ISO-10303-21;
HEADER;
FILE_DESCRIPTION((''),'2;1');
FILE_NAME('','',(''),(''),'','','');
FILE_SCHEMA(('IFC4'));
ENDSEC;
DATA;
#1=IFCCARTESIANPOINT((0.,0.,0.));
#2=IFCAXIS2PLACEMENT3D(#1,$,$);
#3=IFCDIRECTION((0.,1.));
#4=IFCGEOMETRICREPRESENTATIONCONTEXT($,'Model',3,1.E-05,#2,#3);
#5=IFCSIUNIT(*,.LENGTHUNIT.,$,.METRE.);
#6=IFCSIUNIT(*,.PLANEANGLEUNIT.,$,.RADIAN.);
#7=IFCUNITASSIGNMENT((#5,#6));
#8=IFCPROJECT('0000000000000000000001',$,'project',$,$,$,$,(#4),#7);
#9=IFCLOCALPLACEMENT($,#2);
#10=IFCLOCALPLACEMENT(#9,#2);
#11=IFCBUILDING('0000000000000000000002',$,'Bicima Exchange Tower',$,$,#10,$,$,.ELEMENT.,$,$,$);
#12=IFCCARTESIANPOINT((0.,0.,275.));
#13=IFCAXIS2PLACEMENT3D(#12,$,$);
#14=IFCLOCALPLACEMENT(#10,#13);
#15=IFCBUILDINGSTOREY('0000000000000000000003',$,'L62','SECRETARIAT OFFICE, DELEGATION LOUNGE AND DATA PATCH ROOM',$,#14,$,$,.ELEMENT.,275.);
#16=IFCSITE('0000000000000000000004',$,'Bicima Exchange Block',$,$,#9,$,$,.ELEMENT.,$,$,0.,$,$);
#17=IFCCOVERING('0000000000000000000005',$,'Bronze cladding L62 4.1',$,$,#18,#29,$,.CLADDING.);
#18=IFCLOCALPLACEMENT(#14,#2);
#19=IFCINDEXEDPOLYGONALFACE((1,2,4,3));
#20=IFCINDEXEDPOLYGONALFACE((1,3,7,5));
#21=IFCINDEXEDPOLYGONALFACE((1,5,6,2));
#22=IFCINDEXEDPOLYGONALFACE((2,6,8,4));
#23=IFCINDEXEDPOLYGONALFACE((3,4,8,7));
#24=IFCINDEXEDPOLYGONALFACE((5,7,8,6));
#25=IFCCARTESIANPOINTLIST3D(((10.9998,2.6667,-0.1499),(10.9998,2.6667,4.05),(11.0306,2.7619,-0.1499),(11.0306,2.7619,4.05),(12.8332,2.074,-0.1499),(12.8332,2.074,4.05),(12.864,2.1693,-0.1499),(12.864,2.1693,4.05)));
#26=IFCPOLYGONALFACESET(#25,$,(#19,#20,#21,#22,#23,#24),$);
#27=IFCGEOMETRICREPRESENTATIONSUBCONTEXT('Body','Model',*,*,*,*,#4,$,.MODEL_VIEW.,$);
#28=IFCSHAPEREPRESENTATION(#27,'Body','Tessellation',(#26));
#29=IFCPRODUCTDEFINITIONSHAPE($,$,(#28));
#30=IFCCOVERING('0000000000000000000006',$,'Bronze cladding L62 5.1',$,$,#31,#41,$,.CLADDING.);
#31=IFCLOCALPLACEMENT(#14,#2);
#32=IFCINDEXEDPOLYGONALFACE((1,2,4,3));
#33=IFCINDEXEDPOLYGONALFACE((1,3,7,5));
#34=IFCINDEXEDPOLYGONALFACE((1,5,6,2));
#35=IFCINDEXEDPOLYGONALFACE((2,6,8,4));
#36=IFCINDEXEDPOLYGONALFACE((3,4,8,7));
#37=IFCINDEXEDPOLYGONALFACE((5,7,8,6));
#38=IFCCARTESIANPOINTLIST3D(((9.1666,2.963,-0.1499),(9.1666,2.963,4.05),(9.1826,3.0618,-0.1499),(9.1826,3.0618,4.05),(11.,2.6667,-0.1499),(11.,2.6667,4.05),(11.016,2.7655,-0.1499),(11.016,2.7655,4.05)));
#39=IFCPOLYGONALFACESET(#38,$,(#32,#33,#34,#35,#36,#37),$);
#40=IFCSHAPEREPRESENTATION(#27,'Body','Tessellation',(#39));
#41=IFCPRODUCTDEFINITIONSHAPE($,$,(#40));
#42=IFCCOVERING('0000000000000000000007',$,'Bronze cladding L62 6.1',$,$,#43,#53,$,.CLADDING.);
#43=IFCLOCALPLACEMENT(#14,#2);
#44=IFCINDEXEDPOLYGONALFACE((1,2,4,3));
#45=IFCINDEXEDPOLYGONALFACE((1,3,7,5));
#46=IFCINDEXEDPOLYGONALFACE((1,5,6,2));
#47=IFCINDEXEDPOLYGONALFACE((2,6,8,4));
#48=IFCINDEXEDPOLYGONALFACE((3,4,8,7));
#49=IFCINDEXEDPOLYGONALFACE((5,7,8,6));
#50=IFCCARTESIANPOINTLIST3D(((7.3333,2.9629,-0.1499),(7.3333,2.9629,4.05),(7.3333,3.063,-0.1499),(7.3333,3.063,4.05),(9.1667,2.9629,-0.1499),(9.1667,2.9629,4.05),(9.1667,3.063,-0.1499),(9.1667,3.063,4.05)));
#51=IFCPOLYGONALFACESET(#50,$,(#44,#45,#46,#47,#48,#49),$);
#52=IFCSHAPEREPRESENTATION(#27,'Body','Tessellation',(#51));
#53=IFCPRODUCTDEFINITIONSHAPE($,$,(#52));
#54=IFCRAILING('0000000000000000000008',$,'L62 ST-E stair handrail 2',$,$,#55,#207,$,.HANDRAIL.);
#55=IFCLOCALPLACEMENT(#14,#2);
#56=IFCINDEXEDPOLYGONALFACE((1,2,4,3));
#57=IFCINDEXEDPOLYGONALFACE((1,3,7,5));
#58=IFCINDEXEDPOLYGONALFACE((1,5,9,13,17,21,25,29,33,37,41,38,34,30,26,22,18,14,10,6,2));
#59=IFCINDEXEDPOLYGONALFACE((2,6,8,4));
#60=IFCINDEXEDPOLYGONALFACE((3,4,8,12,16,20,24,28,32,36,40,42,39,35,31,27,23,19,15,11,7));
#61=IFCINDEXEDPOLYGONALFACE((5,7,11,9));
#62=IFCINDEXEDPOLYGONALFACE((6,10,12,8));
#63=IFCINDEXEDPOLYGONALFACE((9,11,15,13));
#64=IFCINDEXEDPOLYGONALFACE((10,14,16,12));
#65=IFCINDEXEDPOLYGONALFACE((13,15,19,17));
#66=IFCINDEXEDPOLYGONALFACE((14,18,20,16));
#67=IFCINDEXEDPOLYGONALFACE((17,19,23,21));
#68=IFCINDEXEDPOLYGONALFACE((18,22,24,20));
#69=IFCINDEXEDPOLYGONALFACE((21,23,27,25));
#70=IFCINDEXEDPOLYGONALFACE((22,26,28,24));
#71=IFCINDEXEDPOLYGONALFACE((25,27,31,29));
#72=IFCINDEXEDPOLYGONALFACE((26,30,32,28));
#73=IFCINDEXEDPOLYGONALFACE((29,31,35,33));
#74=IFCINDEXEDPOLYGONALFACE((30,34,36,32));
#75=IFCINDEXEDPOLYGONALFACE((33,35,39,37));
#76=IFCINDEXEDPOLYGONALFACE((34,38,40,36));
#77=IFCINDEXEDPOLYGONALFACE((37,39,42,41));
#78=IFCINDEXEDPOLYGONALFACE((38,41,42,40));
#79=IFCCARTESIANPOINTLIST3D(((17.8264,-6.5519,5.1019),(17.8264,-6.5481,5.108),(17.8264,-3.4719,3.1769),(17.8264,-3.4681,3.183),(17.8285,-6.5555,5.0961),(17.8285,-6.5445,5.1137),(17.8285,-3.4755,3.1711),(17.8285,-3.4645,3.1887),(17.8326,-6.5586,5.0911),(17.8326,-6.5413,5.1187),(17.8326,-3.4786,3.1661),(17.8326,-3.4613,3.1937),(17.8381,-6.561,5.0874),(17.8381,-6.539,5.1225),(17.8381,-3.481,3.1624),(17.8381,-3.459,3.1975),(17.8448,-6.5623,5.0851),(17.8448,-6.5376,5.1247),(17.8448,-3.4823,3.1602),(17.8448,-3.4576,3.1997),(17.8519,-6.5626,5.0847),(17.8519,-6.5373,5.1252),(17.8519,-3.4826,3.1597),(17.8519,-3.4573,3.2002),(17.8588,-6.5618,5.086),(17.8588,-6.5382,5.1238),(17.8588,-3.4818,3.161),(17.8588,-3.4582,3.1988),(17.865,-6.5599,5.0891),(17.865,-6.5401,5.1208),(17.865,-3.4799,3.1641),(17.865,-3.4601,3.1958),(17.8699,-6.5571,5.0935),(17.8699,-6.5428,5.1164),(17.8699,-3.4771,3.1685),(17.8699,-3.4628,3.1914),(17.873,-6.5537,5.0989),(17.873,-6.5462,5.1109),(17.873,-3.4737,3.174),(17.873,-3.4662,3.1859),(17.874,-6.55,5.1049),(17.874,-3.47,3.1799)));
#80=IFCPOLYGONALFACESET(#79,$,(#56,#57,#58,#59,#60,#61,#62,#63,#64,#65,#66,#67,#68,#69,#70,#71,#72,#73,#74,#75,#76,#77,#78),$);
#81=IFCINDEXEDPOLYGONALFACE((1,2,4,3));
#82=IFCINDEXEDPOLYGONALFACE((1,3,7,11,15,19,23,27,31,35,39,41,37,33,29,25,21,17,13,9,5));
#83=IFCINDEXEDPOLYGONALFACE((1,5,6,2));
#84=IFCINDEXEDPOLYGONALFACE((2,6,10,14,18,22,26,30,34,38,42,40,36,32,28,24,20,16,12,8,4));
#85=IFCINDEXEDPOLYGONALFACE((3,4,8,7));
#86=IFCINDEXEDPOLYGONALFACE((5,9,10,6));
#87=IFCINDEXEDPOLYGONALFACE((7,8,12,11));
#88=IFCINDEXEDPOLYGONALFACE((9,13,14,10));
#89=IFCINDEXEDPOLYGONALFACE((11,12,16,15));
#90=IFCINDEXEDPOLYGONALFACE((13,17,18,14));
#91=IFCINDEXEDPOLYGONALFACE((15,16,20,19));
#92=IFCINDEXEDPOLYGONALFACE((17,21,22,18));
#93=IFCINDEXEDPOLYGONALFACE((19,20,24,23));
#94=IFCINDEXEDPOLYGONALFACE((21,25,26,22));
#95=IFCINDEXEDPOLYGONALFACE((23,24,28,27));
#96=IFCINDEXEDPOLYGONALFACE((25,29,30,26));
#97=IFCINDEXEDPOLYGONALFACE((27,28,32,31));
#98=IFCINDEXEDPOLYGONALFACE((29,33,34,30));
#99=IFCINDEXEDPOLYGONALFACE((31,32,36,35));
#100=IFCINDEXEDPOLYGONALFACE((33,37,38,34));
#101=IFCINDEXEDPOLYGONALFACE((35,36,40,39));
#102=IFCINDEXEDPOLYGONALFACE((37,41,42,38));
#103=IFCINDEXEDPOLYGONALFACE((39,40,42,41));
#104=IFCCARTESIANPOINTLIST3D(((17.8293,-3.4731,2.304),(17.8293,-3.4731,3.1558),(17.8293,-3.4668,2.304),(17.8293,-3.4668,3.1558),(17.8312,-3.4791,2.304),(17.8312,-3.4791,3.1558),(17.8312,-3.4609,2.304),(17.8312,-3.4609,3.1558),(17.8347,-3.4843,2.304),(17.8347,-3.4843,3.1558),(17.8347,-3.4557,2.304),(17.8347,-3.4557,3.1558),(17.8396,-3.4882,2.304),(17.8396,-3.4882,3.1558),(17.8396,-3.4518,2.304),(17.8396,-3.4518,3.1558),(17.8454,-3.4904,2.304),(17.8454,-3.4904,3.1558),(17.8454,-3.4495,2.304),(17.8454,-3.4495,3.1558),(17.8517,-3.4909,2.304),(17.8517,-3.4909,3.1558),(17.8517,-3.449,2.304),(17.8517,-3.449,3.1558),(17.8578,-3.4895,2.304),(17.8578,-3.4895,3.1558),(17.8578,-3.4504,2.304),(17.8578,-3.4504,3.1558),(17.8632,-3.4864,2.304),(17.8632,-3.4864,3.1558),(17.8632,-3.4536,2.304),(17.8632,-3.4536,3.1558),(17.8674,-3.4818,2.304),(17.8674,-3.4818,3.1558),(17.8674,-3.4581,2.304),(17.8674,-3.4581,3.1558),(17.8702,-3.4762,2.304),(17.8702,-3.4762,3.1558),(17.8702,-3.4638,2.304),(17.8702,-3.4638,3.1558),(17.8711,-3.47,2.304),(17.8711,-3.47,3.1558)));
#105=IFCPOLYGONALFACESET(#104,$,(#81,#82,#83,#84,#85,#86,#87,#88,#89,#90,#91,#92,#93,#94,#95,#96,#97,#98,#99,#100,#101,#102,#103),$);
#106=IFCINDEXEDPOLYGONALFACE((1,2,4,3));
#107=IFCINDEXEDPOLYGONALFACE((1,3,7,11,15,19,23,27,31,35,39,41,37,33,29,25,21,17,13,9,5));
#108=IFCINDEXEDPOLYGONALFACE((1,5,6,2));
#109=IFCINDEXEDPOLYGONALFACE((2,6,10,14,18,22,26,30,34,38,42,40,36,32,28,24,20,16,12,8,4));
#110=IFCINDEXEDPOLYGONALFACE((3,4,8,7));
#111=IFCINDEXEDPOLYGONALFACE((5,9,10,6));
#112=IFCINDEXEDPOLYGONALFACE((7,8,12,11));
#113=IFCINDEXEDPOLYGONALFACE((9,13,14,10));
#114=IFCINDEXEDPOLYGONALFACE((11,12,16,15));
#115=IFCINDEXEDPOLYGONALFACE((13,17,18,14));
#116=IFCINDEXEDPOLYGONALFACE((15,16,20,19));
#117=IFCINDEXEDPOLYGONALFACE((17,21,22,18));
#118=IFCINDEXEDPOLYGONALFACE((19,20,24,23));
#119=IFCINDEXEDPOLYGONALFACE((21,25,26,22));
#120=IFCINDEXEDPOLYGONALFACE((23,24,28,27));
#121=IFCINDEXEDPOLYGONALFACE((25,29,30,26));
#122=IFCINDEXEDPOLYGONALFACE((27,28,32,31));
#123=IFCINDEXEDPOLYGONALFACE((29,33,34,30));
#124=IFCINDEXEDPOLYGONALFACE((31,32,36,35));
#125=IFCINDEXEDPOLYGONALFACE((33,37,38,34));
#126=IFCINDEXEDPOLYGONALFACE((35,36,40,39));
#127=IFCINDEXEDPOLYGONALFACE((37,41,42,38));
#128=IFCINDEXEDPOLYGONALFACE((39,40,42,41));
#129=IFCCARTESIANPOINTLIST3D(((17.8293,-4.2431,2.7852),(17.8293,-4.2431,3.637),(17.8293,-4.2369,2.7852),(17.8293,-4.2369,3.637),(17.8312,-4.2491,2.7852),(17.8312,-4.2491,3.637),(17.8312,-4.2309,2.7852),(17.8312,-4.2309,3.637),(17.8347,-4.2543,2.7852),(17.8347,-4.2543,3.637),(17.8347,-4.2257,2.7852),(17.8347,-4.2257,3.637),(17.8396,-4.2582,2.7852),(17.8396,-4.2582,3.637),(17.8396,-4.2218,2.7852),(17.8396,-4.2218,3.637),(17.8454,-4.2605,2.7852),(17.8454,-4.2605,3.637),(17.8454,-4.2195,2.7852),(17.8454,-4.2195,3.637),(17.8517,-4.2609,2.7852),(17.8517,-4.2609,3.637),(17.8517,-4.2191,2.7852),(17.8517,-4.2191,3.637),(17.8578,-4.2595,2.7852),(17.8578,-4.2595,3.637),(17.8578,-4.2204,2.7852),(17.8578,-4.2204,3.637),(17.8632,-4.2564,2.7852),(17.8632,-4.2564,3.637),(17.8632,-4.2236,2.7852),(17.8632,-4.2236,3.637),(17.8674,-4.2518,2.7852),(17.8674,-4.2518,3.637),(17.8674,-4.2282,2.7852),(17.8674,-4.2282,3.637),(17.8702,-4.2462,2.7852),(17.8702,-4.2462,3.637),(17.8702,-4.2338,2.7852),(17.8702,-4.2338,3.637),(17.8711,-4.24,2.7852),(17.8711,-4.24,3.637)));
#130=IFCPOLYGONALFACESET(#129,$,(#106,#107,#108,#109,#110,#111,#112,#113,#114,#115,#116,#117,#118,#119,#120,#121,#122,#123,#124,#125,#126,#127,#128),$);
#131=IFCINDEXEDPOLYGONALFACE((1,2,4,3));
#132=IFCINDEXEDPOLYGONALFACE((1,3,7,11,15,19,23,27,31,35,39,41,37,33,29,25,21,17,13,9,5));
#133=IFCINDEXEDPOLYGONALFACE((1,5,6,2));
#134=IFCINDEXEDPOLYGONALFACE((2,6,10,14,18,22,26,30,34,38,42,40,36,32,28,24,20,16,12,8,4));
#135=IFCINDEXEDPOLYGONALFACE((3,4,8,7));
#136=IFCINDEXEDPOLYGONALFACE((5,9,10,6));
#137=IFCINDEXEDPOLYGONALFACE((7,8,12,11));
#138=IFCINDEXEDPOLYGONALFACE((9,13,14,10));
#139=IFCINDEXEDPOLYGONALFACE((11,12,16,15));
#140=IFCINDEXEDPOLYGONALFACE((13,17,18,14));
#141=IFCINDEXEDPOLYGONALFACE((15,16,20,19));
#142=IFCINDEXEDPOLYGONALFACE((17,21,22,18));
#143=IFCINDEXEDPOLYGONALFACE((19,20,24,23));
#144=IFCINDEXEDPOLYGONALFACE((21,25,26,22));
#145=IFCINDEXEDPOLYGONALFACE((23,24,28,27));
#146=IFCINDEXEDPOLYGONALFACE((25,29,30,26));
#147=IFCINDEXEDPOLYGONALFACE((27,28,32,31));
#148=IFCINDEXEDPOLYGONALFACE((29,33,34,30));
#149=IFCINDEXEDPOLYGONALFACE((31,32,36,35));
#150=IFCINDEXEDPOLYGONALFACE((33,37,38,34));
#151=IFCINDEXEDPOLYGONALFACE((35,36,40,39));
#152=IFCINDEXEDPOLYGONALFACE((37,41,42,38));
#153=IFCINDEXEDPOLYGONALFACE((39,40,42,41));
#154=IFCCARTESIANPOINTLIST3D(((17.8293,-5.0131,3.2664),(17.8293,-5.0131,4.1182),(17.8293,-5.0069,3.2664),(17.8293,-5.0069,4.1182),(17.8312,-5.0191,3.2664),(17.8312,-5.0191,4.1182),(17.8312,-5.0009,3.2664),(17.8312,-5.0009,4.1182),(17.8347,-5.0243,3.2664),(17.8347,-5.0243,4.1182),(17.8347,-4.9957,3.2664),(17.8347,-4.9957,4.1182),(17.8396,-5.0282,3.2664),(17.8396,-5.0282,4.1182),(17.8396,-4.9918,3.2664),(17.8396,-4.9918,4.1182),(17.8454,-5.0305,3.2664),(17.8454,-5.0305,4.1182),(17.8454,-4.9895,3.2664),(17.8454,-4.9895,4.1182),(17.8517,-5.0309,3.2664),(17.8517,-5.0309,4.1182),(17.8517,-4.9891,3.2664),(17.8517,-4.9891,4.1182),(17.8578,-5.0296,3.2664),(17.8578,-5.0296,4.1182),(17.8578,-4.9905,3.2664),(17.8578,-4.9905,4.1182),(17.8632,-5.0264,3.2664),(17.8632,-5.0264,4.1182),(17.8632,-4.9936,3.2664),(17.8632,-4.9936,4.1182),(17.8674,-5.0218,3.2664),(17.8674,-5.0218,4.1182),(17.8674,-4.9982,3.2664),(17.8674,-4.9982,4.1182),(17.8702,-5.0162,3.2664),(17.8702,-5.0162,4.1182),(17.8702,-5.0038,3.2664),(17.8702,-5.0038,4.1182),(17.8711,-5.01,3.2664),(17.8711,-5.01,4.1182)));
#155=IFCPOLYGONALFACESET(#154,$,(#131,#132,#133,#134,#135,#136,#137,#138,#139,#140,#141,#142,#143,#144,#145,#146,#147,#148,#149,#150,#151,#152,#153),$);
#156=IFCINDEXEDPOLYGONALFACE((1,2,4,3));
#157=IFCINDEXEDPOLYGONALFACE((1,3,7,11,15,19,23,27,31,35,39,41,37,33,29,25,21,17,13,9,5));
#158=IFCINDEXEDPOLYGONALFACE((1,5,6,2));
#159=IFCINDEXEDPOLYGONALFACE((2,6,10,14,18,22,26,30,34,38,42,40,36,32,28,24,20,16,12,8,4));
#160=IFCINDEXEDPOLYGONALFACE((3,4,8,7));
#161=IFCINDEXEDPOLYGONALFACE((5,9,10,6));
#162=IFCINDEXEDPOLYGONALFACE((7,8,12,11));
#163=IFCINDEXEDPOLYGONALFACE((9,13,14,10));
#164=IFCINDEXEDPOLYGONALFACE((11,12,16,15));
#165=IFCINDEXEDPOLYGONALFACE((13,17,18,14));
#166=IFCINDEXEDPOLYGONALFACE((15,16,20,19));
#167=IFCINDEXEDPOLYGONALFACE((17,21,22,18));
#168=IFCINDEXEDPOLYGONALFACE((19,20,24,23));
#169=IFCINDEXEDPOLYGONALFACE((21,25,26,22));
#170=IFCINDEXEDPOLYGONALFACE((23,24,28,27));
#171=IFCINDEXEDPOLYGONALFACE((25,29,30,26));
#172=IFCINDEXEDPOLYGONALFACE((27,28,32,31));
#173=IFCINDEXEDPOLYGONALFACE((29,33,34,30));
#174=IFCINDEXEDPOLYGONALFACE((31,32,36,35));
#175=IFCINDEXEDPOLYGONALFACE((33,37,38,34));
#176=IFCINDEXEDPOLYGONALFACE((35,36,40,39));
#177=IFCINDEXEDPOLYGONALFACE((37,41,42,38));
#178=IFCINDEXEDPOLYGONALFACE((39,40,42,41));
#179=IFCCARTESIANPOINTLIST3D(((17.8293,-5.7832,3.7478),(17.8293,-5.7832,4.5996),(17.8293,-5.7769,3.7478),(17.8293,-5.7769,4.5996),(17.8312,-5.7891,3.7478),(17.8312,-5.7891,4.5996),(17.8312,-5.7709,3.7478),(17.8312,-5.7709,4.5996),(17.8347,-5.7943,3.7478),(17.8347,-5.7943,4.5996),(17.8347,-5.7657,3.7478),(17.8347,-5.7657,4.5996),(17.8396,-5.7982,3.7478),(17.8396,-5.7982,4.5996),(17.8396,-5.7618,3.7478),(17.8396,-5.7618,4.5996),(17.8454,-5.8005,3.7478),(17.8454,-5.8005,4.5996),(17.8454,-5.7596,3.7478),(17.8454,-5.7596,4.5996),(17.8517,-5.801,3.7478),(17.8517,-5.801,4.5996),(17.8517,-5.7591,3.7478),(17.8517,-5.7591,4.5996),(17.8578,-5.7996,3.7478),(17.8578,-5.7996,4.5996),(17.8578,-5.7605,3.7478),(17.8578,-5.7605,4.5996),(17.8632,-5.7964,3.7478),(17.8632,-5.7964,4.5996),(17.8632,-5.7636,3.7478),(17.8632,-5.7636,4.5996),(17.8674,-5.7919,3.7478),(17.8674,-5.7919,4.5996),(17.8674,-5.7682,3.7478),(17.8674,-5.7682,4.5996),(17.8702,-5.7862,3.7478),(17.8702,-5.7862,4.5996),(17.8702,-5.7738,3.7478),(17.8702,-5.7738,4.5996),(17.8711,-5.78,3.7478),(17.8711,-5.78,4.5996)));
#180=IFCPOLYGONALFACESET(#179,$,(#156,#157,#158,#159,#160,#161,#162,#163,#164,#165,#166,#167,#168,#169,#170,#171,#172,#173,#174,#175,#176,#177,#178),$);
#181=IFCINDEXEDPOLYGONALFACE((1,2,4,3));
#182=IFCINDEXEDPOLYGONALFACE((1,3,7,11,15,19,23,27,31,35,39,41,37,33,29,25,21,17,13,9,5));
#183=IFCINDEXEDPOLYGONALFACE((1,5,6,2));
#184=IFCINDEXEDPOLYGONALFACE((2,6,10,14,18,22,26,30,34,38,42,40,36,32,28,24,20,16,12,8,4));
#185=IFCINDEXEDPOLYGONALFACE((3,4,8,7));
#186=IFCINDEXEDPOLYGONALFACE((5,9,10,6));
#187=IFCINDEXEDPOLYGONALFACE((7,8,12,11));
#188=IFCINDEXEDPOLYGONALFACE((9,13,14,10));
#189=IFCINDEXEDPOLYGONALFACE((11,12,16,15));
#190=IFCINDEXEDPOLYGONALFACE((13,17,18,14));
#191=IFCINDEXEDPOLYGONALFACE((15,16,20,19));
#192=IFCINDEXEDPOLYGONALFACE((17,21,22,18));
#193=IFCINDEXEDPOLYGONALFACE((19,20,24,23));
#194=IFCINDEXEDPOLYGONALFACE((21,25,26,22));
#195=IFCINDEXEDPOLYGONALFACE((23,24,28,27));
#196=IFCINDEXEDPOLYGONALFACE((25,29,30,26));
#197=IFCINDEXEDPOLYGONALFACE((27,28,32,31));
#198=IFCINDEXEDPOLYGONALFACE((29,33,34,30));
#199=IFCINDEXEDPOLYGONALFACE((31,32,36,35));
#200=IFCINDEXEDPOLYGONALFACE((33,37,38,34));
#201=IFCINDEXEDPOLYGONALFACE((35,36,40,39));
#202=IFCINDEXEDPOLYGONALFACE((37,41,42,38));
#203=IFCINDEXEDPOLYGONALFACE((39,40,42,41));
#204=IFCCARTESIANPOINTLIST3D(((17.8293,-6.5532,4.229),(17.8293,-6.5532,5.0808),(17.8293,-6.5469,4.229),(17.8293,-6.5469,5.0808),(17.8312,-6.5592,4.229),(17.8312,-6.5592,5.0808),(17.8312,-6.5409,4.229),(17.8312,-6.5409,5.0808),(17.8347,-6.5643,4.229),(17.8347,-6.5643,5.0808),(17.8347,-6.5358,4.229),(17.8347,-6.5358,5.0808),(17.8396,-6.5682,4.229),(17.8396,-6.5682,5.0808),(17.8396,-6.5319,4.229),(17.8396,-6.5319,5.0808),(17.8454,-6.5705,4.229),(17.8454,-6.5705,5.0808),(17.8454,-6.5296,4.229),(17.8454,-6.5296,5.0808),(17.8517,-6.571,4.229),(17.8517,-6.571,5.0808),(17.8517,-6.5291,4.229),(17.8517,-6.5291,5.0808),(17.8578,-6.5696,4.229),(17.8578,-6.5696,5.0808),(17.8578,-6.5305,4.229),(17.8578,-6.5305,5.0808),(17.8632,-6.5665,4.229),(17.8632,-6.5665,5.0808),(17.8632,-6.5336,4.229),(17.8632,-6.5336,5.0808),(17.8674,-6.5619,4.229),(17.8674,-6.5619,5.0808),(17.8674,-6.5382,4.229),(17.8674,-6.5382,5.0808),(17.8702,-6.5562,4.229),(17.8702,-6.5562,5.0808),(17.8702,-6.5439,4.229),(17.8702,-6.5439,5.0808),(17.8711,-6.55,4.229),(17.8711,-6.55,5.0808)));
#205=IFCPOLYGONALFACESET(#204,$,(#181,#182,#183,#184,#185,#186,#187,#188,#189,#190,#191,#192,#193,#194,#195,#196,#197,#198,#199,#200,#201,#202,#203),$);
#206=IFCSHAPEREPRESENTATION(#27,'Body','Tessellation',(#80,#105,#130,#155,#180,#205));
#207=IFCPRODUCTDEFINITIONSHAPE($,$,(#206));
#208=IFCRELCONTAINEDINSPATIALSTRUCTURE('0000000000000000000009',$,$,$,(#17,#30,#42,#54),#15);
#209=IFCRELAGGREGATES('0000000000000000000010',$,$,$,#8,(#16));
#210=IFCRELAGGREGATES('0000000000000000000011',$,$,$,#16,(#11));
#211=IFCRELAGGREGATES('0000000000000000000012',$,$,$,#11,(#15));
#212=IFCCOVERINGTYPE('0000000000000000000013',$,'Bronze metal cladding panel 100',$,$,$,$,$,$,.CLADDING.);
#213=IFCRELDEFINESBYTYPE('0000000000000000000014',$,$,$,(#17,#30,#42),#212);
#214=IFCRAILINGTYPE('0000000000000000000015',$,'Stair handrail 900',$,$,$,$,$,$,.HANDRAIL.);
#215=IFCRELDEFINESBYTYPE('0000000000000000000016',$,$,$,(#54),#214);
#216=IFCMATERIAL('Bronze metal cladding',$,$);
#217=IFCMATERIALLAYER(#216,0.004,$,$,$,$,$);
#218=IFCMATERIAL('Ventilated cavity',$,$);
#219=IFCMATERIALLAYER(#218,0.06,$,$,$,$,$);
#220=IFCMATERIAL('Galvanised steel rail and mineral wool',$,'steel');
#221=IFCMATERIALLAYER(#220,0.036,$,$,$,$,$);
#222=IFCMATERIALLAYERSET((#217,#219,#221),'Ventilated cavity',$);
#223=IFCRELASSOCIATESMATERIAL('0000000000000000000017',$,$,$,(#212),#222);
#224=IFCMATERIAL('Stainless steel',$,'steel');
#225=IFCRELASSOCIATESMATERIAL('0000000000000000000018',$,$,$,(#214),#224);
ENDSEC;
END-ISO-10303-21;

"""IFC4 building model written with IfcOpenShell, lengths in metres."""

from ifc_helpers import new_model, si_unit, direction, frame, origin, origin_2d, place, context, subcontext, project, spatial, rectangle, circle, extrude, material, layer, layer_set, type_object, element, save


model = new_model("IFC4")

# Units and contexts
model_context = context("Model", 3, precision=1e-05, world=origin(), true_north=direction((0.0, 1.0)))
body_context = subcontext(model_context, "Body", "Model", "MODEL_VIEW")
ifc_project = project(units=[si_unit("LENGTHUNIT", "METRE"), si_unit("PLANEANGLEUNIT", "RADIAN")], contexts=[model_context])

# Site, building, storey
site_placement = place(None, origin())
site = spatial("IfcSite", under=ifc_project, at=site_placement, Name="Bicima Exchange Block", CompositionType="ELEMENT", RefElevation=0.0)
building_placement = place(site_placement, origin())
building = spatial("IfcBuilding", under=site, at=building_placement, Name="Bicima Exchange Tower", CompositionType="ELEMENT")
storey_placement = place(building_placement, frame((0.0, 0.0, 275.0)))
storey = spatial("IfcBuildingStorey", under=building, at=storey_placement, Name="L62", Description="SECRETARIAT OFFICE, DELEGATION LOUNGE AND DATA PATCH ROOM", CompositionType="ELEMENT", Elevation=275.0)

# Coverings
ifc_material_1 = material(Name="Bronze metal cladding")
ifc_layer_1 = layer(ifc_material_1, 0.004)
ifc_material_2 = material(Name="Ventilated cavity")
ifc_layer_2 = layer(ifc_material_2, 0.06)
ifc_material_3 = material(Name="Galvanised steel rail and mineral wool", Category="steel")
ifc_layer_3 = layer(ifc_material_3, 0.036)
ifc_layer_set_1 = layer_set([ifc_layer_1, ifc_layer_2, ifc_layer_3], Name="Ventilated cavity")
covering_type = type_object("IfcCoveringType", Name="Bronze metal cladding panel 100", PredefinedType="CLADDING", material=ifc_layer_set_1)
covering_1_placement = place(storey_placement, frame((11.9319, 2.418, -0.1499), z_axis=(0.0, 0.0, 1.0), x_axis=(-0.951525, 0.307573, 0.0)))
element("IfcCovering", 1, at=covering_1_placement, inside=storey, type_object=covering_type, Name="Bronze cladding L62 4.1", PredefinedType="CLADDING", context=body_context, shape_type="SweptSolid", body=[
    extrude(rectangle(XDim=1.9268, YDim=0.1001, at=origin_2d()), origin(), (0.0, 0.0, 1.0), 4.2),
])
covering_2_placement = place(storey_placement, frame((10.0913, 2.8643, -0.1499), z_axis=(0.0, 0.0, 1.0), x_axis=(-0.98719, 0.15955, 0.0)))
element("IfcCovering", 2, at=covering_2_placement, inside=storey, type_object=covering_type, Name="Bronze cladding L62 5.1", PredefinedType="CLADDING", context=body_context, shape_type="SweptSolid", body=[
    extrude(rectangle(XDim=1.8572, YDim=0.1001, at=origin_2d()), origin(), (0.0, 0.0, 1.0), 4.2),
])
covering_3_placement = place(storey_placement, frame((8.25, 3.0129, -0.1499), z_axis=(0.0, 0.0, 1.0), x_axis=(-1.0, 0.0, 0.0)))
element("IfcCovering", 3, at=covering_3_placement, inside=storey, type_object=covering_type, Name="Bronze cladding L62 6.1", PredefinedType="CLADDING", context=body_context, shape_type="SweptSolid", body=[
    extrude(rectangle(XDim=1.8335, YDim=0.1001, at=origin_2d()), origin(), (0.0, 0.0, 1.0), 4.2),
])

# Railing
ifc_material_4 = material(Name="Stainless steel", Category="steel")
railing_type = type_object("IfcRailingType", Name="Stair handrail 900", PredefinedType="HANDRAIL", material=ifc_material_4)
railing_placement = place(storey_placement, frame((17.8501, -3.47, 2.304)))
element("IfcRailing", 4, at=railing_placement, inside=storey, type_object=railing_type, Name="L62 ST-E stair handrail 2", PredefinedType="HANDRAIL", context=body_context, shape_type="SweptSolid", body=[
    extrude(circle(Radius=0.0239, at=origin_2d()), frame((0.0, 0.0, 0.876), z_axis=(0.0, -0.847998, 0.529999), x_axis=(1.0, 0.0, 0.0)), (0.0, 0.0, 1.0), 3.6321),
    extrude(circle(Radius=0.021, at=origin_2d()), origin(), (0.0, 0.0, 1.0), 0.8518),
    extrude(circle(Radius=0.021, at=origin_2d()), frame((0.0, -0.77, 0.4812)), (0.0, 0.0, 1.0), 0.8518),
    extrude(circle(Radius=0.021, at=origin_2d()), frame((0.0, -1.54, 0.9624)), (0.0, 0.0, 1.0), 0.8518),
    extrude(circle(Radius=0.021, at=origin_2d()), frame((0.0, -2.3101, 1.4438)), (0.0, 0.0, 1.0), 0.8518),
    extrude(circle(Radius=0.021, at=origin_2d()), frame((0.0, -3.0801, 1.925)), (0.0, 0.0, 1.0), 0.8518),
])

save(model, "model.ifc")
